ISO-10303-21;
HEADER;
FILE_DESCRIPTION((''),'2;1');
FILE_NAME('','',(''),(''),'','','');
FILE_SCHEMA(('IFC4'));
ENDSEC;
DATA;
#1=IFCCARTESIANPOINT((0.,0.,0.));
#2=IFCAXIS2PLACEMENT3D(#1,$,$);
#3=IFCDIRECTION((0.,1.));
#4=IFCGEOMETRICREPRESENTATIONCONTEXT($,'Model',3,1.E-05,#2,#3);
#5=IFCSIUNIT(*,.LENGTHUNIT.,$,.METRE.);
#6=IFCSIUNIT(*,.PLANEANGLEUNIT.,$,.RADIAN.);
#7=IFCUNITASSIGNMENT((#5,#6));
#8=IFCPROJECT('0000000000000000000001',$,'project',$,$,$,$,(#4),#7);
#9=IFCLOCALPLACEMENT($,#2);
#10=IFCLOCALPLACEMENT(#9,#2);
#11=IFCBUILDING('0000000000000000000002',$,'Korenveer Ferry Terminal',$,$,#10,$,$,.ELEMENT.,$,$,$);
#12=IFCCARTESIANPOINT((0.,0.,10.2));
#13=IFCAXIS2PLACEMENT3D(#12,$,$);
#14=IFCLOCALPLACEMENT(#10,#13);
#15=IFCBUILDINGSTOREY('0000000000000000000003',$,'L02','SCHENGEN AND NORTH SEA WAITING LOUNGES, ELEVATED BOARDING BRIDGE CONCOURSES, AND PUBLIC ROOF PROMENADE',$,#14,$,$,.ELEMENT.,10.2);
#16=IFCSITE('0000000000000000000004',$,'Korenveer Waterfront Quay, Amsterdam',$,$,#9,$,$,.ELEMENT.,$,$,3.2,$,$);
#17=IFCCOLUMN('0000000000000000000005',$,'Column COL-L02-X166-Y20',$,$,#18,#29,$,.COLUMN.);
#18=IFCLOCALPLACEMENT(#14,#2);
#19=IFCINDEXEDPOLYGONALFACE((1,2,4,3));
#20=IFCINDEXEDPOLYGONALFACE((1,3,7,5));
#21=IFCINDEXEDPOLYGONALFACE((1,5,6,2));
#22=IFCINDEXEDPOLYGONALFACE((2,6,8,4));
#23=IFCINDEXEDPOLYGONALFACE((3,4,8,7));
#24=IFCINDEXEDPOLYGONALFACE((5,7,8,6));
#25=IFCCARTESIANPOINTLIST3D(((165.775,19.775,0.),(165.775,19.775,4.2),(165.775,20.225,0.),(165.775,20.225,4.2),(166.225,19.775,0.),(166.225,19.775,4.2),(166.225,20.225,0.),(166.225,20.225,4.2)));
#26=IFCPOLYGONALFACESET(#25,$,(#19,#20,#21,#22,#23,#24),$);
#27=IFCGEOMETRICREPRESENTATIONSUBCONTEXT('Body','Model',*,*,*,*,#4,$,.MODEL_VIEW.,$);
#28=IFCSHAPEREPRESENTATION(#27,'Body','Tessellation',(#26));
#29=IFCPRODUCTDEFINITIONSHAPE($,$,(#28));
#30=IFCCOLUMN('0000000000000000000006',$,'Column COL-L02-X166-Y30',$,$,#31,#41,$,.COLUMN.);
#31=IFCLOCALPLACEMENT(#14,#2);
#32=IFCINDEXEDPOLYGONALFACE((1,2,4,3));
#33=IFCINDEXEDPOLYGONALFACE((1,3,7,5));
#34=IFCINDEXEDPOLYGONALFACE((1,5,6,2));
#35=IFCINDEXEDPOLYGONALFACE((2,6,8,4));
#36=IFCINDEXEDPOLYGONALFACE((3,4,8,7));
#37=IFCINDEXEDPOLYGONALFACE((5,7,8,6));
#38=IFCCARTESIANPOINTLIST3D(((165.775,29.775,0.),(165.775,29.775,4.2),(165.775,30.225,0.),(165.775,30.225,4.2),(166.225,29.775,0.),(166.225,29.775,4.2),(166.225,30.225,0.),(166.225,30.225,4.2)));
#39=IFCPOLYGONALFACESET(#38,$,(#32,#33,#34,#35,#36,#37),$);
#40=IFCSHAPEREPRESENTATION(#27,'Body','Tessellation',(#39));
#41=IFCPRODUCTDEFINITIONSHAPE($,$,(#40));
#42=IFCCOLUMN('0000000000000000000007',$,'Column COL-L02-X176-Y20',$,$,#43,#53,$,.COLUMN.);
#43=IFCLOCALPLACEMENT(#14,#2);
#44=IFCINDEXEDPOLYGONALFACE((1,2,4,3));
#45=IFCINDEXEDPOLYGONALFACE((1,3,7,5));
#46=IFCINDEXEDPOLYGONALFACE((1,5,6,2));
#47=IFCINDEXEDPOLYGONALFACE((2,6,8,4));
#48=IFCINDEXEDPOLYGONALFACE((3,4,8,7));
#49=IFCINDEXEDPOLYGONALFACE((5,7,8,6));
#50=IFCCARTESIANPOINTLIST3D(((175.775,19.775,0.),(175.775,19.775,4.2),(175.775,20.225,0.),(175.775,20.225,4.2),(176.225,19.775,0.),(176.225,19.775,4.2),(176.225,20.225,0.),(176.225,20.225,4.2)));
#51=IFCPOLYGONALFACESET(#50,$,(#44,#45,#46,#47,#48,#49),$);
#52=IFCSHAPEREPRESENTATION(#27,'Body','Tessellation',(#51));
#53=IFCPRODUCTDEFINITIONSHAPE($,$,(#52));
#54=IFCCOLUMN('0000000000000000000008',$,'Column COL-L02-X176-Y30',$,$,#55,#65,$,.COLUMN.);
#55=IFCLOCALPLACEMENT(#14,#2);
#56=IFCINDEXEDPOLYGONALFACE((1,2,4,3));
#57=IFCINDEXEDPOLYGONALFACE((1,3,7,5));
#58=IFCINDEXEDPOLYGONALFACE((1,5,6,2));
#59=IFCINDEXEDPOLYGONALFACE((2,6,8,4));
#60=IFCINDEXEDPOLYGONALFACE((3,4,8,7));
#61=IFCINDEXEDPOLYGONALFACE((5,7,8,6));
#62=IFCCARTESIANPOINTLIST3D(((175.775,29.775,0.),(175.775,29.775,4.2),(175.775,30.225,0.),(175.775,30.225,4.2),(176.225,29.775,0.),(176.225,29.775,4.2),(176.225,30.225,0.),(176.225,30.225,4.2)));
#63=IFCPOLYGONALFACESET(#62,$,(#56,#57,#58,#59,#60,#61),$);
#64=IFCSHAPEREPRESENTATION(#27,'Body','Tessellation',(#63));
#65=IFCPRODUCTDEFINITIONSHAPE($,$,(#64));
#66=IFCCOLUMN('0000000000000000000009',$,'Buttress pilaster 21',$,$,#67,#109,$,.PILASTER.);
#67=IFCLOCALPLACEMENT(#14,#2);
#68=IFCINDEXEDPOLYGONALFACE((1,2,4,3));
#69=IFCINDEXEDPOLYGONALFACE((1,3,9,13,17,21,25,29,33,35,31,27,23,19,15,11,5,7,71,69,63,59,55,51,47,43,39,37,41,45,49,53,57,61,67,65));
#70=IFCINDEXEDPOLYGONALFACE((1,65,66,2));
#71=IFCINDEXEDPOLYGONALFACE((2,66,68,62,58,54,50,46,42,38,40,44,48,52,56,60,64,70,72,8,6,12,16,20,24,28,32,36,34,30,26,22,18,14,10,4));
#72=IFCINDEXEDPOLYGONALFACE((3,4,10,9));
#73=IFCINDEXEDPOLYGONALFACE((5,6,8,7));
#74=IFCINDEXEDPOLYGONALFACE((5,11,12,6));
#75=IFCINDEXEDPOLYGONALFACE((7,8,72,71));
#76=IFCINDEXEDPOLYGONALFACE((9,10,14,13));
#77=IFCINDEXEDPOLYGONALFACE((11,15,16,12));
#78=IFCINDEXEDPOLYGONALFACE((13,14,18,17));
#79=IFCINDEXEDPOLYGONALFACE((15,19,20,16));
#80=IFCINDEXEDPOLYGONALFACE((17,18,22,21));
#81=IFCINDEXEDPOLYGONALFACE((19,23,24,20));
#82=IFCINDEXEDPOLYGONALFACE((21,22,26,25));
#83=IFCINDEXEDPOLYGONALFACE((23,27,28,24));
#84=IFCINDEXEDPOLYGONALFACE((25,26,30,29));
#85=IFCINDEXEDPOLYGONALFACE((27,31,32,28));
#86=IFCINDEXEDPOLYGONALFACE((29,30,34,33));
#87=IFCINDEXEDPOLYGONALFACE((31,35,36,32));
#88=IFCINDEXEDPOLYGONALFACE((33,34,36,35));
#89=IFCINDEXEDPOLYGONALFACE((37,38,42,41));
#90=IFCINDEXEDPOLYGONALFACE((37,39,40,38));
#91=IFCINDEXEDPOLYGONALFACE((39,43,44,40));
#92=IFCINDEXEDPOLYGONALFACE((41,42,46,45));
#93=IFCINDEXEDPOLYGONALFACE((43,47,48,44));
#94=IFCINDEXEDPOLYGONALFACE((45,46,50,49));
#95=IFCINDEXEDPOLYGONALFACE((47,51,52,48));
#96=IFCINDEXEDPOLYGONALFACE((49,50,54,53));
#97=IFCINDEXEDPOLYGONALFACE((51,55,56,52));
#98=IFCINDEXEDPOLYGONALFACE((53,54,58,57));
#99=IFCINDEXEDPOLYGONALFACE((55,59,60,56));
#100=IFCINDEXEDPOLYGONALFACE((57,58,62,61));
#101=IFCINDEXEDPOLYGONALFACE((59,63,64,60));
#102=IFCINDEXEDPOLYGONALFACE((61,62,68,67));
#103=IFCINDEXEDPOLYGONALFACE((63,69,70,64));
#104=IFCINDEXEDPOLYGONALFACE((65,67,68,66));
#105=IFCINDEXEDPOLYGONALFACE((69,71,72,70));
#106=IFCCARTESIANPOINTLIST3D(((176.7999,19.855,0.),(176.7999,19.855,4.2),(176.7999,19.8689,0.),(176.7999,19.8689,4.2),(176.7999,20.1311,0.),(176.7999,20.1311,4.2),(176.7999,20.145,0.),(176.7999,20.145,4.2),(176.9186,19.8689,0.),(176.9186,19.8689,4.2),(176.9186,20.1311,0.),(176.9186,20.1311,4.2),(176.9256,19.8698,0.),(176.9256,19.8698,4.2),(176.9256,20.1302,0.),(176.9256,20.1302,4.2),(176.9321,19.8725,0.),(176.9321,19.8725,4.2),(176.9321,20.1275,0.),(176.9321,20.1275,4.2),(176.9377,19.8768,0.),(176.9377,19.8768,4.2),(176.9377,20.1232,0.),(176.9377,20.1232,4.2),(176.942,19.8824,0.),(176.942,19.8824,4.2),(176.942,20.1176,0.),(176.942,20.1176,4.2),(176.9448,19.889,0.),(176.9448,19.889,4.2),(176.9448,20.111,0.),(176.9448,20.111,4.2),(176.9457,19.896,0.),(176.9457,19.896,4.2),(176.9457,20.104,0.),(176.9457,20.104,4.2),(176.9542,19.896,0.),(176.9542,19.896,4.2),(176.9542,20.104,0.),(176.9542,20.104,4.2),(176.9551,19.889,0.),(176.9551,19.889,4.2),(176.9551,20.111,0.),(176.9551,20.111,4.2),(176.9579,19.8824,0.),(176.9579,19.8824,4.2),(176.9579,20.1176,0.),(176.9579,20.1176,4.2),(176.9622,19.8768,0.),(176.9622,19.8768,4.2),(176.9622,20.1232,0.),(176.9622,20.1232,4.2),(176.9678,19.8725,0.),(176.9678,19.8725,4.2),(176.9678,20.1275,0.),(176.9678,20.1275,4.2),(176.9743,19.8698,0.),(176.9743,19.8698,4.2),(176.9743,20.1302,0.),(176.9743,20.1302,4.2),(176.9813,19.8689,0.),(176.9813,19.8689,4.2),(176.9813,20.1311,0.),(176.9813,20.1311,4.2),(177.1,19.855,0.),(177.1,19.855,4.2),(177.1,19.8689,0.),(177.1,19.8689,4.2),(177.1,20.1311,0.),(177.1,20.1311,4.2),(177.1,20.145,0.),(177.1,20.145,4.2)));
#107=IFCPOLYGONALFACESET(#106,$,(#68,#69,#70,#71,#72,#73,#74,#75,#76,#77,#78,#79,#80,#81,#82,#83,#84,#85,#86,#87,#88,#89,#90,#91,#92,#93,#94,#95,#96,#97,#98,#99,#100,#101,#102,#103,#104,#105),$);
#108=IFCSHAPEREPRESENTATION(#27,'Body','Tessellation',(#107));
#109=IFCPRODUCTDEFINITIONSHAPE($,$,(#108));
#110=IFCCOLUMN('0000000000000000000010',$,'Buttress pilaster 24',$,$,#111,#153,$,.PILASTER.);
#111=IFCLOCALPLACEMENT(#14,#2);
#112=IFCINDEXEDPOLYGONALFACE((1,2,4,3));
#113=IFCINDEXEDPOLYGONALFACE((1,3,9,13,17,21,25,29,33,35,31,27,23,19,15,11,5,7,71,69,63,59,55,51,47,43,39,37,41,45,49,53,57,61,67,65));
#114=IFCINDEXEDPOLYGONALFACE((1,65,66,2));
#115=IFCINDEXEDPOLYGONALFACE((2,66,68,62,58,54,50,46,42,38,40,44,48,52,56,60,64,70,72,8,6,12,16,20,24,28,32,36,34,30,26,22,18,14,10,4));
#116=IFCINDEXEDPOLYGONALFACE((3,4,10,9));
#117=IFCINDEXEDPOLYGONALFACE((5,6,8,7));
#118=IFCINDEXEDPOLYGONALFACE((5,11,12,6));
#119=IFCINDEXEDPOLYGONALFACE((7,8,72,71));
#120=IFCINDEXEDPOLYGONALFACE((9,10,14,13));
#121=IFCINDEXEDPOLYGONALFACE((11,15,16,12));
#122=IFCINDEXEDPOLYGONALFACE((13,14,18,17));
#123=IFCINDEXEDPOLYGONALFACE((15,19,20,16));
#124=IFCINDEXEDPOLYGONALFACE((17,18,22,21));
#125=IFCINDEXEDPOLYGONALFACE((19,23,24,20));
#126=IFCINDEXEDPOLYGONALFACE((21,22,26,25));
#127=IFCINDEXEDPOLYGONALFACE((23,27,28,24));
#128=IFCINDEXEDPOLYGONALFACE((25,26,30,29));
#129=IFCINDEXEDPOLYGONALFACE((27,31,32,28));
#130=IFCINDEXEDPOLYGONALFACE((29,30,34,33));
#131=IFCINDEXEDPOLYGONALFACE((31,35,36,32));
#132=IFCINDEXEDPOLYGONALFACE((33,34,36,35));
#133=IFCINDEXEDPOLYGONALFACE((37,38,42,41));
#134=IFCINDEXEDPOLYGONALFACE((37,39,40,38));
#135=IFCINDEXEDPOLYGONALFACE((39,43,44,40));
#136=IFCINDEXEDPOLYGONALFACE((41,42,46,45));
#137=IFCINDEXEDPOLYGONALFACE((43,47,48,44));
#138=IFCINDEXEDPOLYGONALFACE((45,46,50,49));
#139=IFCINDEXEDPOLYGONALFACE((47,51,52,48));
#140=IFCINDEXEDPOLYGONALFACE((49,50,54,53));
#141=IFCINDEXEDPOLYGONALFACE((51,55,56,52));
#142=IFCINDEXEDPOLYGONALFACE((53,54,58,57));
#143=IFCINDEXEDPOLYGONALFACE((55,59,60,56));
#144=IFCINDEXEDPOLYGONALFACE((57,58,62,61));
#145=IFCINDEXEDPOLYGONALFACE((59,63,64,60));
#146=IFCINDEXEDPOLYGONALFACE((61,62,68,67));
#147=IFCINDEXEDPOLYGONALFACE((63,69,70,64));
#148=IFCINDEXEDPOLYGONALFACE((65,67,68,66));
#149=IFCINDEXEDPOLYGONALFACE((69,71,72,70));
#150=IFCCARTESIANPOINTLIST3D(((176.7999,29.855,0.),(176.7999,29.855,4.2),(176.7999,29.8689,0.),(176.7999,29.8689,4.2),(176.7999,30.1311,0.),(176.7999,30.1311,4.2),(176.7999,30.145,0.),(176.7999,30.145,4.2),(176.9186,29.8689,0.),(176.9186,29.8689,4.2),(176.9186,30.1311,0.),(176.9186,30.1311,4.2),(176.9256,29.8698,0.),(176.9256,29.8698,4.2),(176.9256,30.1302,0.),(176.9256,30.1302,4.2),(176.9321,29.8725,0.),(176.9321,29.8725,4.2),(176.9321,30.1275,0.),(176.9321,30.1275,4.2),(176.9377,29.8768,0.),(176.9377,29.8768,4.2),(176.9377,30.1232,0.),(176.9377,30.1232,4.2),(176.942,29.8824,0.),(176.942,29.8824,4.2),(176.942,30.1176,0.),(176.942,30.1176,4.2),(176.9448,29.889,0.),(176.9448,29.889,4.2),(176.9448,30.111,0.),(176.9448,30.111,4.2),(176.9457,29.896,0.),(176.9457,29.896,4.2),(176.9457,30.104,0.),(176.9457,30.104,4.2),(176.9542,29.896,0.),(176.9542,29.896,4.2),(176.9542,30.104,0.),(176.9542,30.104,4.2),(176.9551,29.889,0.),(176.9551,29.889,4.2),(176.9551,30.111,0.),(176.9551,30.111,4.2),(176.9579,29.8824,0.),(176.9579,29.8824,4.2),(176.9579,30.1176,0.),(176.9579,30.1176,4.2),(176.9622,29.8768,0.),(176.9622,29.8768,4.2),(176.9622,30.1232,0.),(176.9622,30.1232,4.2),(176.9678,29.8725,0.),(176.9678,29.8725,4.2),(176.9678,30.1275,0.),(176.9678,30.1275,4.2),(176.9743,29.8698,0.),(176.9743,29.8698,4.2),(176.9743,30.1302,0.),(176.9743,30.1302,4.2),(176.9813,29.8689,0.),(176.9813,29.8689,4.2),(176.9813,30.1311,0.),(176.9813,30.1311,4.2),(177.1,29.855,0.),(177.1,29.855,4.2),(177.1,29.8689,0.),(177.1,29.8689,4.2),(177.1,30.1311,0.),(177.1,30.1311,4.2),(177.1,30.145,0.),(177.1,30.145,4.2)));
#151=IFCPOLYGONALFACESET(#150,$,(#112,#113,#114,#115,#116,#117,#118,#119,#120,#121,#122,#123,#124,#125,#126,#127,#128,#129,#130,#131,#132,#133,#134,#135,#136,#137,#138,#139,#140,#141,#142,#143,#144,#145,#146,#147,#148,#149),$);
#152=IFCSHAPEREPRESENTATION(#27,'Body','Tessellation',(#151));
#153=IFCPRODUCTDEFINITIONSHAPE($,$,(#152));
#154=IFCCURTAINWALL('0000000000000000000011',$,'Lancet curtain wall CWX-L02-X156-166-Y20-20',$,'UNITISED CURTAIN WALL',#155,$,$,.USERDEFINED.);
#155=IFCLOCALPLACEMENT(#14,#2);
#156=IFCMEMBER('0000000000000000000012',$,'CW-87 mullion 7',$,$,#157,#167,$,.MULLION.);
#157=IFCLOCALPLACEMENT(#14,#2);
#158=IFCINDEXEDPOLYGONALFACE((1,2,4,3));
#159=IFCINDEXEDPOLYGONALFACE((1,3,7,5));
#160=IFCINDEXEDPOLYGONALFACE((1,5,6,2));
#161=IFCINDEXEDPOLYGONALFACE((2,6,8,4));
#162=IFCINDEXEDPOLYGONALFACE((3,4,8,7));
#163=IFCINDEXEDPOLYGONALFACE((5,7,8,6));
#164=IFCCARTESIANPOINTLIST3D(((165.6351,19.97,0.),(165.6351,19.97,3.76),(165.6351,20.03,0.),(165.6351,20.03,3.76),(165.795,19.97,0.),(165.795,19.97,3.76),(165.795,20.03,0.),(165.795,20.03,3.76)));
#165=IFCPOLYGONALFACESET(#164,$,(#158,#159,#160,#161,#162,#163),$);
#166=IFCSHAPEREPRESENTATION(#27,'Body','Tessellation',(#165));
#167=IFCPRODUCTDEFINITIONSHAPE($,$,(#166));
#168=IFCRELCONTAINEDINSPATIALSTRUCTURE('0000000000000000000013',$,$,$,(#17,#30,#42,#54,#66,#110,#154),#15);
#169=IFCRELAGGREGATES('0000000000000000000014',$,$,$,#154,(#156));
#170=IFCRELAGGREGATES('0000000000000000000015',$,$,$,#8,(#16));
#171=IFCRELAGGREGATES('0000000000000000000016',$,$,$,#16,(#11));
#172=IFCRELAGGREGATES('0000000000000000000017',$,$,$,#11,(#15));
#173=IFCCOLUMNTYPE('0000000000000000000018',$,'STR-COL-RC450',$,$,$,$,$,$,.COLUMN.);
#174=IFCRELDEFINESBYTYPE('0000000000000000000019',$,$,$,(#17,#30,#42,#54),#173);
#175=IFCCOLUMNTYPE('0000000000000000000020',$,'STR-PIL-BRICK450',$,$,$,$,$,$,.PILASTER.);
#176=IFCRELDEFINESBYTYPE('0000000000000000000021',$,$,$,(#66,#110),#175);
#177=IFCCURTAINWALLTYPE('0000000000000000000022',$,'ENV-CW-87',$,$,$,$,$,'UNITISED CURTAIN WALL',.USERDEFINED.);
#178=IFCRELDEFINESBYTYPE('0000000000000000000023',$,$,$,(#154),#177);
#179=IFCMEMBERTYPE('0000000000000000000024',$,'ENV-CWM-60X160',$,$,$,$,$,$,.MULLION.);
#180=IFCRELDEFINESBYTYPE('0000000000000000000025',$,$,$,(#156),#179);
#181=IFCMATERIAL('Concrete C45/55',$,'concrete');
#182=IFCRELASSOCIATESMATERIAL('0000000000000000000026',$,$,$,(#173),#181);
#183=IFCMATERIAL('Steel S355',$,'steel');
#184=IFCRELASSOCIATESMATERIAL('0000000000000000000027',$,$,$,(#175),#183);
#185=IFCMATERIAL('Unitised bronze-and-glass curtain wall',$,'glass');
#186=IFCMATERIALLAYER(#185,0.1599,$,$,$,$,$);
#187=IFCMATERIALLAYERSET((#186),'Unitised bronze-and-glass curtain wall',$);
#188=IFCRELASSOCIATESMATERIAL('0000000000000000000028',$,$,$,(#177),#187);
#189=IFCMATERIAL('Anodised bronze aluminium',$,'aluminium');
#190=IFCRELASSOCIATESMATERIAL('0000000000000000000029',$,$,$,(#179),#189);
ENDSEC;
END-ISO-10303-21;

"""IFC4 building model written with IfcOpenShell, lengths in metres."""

from ifc_helpers import new_model, si_unit, direction, frame, origin, origin_2d, place, context, subcontext, project, spatial, rectangle, i_section, extrude, material, layer, layer_set, material_profile, profile_set, type_object, element, aggregate, save


model = new_model("IFC4")

# Units and contexts
model_context = context("Model", 3, precision=1e-05, world=origin(), true_north=direction((0.0, 1.0)))
body_context = subcontext(model_context, "Body", "Model", "MODEL_VIEW")
ifc_project = project(units=[si_unit("LENGTHUNIT", "METRE"), si_unit("PLANEANGLEUNIT", "RADIAN")], contexts=[model_context])

# Site, building, storey
site_placement = place(None, origin())
site = spatial("IfcSite", under=ifc_project, at=site_placement, Name="Korenveer Waterfront Quay, Amsterdam", CompositionType="ELEMENT", RefElevation=3.2)
building_placement = place(site_placement, origin())
building = spatial("IfcBuilding", under=site, at=building_placement, Name="Korenveer Ferry Terminal", CompositionType="ELEMENT")
storey_placement = place(building_placement, frame((0.0, 0.0, 10.2)))
storey = spatial("IfcBuildingStorey", under=building, at=storey_placement, Name="L02", Description="SCHENGEN AND NORTH SEA WAITING LOUNGES, ELEVATED BOARDING BRIDGE CONCOURSES, AND PUBLIC ROOF PROMENADE", CompositionType="ELEMENT", Elevation=10.2)

# Columns
ifc_material_1 = material(Name="Concrete C45/55", Category="concrete")
ifc_material_profile_1 = material_profile(ifc_material_1, rectangle(XDim=0.45, YDim=0.45, at=origin_2d()), Name="RC 450x450")
ifc_profile_set_1 = profile_set([ifc_material_profile_1], Name="Concrete C45/55")
column_type_1 = type_object("IfcColumnType", Name="STR-COL-RC450", PredefinedType="COLUMN", material=ifc_profile_set_1)
for number, where, z_axis, x_axis, name in (
    (1, (166.0, 20.0, 0.0), (0.0, 0.0, 1.0), (1.0, 0.0, 0.0), "Column COL-L02-X166-Y20"),
    (2, (166.0, 30.0, 0.0), (0.0, 0.0, 1.0), (1.0, 0.0, 0.0), "Column COL-L02-X166-Y30"),
    (3, (176.0, 20.0, 0.0), (0.0, 0.0, 1.0), (1.0, 0.0, 0.0), "Column COL-L02-X176-Y20"),
    (4, (176.0, 30.0, 0.0), (0.0, 0.0, 1.0), (1.0, 0.0, 0.0), "Column COL-L02-X176-Y30"),
):
    element("IfcColumn", number, at=place(storey_placement, frame(where, z_axis=z_axis, x_axis=x_axis)), inside=storey, type_object=column_type_1, Name=name, PredefinedType="COLUMN", context=body_context, shape_type="SweptSolid", body=[
        extrude(rectangle(XDim=0.45, YDim=0.45, at=origin_2d()), origin(), (0.0, 0.0, 1.0), 4.2),
    ])
ifc_material_2 = material(Name="Steel S355", Category="steel")
ifc_material_profile_2 = material_profile(ifc_material_2, i_section(OverallWidth=0.3, OverallDepth=0.29, WebThickness=0.0085, FlangeThickness=0.0139, FilletRadius=0.0271, at=origin_2d()), Name="HEA 300")
ifc_profile_set_2 = profile_set([ifc_material_profile_2], Name="Steel S355")
column_type_2 = type_object("IfcColumnType", Name="STR-PIL-BRICK450", PredefinedType="PILASTER", material=ifc_profile_set_2)
for number, where, z_axis, x_axis, name in (
    (5, (176.95, 20.0, 0.0), (0.0, 0.0, 1.0), (1.0, 0.0, 0.0), "Buttress pilaster 21"),
    (6, (176.95, 30.0, 0.0), (0.0, 0.0, 1.0), (1.0, 0.0, 0.0), "Buttress pilaster 24"),
):
    element("IfcColumn", number, at=place(storey_placement, frame(where, z_axis=z_axis, x_axis=x_axis)), inside=storey, type_object=column_type_2, Name=name, PredefinedType="PILASTER", context=body_context, shape_type="SweptSolid", body=[
        extrude(i_section(OverallWidth=0.3, OverallDepth=0.29, WebThickness=0.0085, FlangeThickness=0.0139, FilletRadius=0.0271, at=origin_2d()), origin(), (0.0, 0.0, 1.0), 4.2),
    ])

# Curtain wall, member
ifc_material_3 = material(Name="Unitised bronze-and-glass curtain wall", Category="glass")
ifc_layer_1 = layer(ifc_material_3, 0.1599)
ifc_layer_set_1 = layer_set([ifc_layer_1], Name="Unitised bronze-and-glass curtain wall")
curtain_wall_type = type_object("IfcCurtainWallType", Name="ENV-CW-87", ElementType="UNITISED CURTAIN WALL", PredefinedType="USERDEFINED", material=ifc_layer_set_1)
curtain_wall_placement = place(storey_placement, frame((156.2549, 20.0, 0.0)))
curtain_wall = element("IfcCurtainWall", 7, at=curtain_wall_placement, inside=storey, type_object=curtain_wall_type, Name="Lancet curtain wall CWX-L02-X156-166-Y20-20", ObjectType="UNITISED CURTAIN WALL", PredefinedType="USERDEFINED")
ifc_material_4 = material(Name="Anodised bronze aluminium", Category="aluminium")
ifc_material_profile_3 = material_profile(ifc_material_4, rectangle(XDim=0.0601, YDim=0.1599, at=origin_2d()), Name="ALU 60x160")
ifc_profile_set_3 = profile_set([ifc_material_profile_3], Name="Anodised bronze aluminium")
member_type = type_object("IfcMemberType", Name="ENV-CWM-60X160", PredefinedType="MULLION", material=ifc_profile_set_3)
member_placement = place(storey_placement, frame((165.7151, 20.0, 0.0), z_axis=(0.0, 0.0, 1.0), x_axis=(0.0, 1.0, 0.0)))
member = element("IfcMember", 8, at=member_placement, type_object=member_type, Name="CW-87 mullion 7", PredefinedType="MULLION", context=body_context, shape_type="SweptSolid", body=[
    extrude(rectangle(XDim=0.0601, YDim=0.1599, at=origin_2d()), origin(), (0.0, 0.0, 1.0), 3.76),
])

aggregate(curtain_wall, [member])

save(model, "model.ifc")
